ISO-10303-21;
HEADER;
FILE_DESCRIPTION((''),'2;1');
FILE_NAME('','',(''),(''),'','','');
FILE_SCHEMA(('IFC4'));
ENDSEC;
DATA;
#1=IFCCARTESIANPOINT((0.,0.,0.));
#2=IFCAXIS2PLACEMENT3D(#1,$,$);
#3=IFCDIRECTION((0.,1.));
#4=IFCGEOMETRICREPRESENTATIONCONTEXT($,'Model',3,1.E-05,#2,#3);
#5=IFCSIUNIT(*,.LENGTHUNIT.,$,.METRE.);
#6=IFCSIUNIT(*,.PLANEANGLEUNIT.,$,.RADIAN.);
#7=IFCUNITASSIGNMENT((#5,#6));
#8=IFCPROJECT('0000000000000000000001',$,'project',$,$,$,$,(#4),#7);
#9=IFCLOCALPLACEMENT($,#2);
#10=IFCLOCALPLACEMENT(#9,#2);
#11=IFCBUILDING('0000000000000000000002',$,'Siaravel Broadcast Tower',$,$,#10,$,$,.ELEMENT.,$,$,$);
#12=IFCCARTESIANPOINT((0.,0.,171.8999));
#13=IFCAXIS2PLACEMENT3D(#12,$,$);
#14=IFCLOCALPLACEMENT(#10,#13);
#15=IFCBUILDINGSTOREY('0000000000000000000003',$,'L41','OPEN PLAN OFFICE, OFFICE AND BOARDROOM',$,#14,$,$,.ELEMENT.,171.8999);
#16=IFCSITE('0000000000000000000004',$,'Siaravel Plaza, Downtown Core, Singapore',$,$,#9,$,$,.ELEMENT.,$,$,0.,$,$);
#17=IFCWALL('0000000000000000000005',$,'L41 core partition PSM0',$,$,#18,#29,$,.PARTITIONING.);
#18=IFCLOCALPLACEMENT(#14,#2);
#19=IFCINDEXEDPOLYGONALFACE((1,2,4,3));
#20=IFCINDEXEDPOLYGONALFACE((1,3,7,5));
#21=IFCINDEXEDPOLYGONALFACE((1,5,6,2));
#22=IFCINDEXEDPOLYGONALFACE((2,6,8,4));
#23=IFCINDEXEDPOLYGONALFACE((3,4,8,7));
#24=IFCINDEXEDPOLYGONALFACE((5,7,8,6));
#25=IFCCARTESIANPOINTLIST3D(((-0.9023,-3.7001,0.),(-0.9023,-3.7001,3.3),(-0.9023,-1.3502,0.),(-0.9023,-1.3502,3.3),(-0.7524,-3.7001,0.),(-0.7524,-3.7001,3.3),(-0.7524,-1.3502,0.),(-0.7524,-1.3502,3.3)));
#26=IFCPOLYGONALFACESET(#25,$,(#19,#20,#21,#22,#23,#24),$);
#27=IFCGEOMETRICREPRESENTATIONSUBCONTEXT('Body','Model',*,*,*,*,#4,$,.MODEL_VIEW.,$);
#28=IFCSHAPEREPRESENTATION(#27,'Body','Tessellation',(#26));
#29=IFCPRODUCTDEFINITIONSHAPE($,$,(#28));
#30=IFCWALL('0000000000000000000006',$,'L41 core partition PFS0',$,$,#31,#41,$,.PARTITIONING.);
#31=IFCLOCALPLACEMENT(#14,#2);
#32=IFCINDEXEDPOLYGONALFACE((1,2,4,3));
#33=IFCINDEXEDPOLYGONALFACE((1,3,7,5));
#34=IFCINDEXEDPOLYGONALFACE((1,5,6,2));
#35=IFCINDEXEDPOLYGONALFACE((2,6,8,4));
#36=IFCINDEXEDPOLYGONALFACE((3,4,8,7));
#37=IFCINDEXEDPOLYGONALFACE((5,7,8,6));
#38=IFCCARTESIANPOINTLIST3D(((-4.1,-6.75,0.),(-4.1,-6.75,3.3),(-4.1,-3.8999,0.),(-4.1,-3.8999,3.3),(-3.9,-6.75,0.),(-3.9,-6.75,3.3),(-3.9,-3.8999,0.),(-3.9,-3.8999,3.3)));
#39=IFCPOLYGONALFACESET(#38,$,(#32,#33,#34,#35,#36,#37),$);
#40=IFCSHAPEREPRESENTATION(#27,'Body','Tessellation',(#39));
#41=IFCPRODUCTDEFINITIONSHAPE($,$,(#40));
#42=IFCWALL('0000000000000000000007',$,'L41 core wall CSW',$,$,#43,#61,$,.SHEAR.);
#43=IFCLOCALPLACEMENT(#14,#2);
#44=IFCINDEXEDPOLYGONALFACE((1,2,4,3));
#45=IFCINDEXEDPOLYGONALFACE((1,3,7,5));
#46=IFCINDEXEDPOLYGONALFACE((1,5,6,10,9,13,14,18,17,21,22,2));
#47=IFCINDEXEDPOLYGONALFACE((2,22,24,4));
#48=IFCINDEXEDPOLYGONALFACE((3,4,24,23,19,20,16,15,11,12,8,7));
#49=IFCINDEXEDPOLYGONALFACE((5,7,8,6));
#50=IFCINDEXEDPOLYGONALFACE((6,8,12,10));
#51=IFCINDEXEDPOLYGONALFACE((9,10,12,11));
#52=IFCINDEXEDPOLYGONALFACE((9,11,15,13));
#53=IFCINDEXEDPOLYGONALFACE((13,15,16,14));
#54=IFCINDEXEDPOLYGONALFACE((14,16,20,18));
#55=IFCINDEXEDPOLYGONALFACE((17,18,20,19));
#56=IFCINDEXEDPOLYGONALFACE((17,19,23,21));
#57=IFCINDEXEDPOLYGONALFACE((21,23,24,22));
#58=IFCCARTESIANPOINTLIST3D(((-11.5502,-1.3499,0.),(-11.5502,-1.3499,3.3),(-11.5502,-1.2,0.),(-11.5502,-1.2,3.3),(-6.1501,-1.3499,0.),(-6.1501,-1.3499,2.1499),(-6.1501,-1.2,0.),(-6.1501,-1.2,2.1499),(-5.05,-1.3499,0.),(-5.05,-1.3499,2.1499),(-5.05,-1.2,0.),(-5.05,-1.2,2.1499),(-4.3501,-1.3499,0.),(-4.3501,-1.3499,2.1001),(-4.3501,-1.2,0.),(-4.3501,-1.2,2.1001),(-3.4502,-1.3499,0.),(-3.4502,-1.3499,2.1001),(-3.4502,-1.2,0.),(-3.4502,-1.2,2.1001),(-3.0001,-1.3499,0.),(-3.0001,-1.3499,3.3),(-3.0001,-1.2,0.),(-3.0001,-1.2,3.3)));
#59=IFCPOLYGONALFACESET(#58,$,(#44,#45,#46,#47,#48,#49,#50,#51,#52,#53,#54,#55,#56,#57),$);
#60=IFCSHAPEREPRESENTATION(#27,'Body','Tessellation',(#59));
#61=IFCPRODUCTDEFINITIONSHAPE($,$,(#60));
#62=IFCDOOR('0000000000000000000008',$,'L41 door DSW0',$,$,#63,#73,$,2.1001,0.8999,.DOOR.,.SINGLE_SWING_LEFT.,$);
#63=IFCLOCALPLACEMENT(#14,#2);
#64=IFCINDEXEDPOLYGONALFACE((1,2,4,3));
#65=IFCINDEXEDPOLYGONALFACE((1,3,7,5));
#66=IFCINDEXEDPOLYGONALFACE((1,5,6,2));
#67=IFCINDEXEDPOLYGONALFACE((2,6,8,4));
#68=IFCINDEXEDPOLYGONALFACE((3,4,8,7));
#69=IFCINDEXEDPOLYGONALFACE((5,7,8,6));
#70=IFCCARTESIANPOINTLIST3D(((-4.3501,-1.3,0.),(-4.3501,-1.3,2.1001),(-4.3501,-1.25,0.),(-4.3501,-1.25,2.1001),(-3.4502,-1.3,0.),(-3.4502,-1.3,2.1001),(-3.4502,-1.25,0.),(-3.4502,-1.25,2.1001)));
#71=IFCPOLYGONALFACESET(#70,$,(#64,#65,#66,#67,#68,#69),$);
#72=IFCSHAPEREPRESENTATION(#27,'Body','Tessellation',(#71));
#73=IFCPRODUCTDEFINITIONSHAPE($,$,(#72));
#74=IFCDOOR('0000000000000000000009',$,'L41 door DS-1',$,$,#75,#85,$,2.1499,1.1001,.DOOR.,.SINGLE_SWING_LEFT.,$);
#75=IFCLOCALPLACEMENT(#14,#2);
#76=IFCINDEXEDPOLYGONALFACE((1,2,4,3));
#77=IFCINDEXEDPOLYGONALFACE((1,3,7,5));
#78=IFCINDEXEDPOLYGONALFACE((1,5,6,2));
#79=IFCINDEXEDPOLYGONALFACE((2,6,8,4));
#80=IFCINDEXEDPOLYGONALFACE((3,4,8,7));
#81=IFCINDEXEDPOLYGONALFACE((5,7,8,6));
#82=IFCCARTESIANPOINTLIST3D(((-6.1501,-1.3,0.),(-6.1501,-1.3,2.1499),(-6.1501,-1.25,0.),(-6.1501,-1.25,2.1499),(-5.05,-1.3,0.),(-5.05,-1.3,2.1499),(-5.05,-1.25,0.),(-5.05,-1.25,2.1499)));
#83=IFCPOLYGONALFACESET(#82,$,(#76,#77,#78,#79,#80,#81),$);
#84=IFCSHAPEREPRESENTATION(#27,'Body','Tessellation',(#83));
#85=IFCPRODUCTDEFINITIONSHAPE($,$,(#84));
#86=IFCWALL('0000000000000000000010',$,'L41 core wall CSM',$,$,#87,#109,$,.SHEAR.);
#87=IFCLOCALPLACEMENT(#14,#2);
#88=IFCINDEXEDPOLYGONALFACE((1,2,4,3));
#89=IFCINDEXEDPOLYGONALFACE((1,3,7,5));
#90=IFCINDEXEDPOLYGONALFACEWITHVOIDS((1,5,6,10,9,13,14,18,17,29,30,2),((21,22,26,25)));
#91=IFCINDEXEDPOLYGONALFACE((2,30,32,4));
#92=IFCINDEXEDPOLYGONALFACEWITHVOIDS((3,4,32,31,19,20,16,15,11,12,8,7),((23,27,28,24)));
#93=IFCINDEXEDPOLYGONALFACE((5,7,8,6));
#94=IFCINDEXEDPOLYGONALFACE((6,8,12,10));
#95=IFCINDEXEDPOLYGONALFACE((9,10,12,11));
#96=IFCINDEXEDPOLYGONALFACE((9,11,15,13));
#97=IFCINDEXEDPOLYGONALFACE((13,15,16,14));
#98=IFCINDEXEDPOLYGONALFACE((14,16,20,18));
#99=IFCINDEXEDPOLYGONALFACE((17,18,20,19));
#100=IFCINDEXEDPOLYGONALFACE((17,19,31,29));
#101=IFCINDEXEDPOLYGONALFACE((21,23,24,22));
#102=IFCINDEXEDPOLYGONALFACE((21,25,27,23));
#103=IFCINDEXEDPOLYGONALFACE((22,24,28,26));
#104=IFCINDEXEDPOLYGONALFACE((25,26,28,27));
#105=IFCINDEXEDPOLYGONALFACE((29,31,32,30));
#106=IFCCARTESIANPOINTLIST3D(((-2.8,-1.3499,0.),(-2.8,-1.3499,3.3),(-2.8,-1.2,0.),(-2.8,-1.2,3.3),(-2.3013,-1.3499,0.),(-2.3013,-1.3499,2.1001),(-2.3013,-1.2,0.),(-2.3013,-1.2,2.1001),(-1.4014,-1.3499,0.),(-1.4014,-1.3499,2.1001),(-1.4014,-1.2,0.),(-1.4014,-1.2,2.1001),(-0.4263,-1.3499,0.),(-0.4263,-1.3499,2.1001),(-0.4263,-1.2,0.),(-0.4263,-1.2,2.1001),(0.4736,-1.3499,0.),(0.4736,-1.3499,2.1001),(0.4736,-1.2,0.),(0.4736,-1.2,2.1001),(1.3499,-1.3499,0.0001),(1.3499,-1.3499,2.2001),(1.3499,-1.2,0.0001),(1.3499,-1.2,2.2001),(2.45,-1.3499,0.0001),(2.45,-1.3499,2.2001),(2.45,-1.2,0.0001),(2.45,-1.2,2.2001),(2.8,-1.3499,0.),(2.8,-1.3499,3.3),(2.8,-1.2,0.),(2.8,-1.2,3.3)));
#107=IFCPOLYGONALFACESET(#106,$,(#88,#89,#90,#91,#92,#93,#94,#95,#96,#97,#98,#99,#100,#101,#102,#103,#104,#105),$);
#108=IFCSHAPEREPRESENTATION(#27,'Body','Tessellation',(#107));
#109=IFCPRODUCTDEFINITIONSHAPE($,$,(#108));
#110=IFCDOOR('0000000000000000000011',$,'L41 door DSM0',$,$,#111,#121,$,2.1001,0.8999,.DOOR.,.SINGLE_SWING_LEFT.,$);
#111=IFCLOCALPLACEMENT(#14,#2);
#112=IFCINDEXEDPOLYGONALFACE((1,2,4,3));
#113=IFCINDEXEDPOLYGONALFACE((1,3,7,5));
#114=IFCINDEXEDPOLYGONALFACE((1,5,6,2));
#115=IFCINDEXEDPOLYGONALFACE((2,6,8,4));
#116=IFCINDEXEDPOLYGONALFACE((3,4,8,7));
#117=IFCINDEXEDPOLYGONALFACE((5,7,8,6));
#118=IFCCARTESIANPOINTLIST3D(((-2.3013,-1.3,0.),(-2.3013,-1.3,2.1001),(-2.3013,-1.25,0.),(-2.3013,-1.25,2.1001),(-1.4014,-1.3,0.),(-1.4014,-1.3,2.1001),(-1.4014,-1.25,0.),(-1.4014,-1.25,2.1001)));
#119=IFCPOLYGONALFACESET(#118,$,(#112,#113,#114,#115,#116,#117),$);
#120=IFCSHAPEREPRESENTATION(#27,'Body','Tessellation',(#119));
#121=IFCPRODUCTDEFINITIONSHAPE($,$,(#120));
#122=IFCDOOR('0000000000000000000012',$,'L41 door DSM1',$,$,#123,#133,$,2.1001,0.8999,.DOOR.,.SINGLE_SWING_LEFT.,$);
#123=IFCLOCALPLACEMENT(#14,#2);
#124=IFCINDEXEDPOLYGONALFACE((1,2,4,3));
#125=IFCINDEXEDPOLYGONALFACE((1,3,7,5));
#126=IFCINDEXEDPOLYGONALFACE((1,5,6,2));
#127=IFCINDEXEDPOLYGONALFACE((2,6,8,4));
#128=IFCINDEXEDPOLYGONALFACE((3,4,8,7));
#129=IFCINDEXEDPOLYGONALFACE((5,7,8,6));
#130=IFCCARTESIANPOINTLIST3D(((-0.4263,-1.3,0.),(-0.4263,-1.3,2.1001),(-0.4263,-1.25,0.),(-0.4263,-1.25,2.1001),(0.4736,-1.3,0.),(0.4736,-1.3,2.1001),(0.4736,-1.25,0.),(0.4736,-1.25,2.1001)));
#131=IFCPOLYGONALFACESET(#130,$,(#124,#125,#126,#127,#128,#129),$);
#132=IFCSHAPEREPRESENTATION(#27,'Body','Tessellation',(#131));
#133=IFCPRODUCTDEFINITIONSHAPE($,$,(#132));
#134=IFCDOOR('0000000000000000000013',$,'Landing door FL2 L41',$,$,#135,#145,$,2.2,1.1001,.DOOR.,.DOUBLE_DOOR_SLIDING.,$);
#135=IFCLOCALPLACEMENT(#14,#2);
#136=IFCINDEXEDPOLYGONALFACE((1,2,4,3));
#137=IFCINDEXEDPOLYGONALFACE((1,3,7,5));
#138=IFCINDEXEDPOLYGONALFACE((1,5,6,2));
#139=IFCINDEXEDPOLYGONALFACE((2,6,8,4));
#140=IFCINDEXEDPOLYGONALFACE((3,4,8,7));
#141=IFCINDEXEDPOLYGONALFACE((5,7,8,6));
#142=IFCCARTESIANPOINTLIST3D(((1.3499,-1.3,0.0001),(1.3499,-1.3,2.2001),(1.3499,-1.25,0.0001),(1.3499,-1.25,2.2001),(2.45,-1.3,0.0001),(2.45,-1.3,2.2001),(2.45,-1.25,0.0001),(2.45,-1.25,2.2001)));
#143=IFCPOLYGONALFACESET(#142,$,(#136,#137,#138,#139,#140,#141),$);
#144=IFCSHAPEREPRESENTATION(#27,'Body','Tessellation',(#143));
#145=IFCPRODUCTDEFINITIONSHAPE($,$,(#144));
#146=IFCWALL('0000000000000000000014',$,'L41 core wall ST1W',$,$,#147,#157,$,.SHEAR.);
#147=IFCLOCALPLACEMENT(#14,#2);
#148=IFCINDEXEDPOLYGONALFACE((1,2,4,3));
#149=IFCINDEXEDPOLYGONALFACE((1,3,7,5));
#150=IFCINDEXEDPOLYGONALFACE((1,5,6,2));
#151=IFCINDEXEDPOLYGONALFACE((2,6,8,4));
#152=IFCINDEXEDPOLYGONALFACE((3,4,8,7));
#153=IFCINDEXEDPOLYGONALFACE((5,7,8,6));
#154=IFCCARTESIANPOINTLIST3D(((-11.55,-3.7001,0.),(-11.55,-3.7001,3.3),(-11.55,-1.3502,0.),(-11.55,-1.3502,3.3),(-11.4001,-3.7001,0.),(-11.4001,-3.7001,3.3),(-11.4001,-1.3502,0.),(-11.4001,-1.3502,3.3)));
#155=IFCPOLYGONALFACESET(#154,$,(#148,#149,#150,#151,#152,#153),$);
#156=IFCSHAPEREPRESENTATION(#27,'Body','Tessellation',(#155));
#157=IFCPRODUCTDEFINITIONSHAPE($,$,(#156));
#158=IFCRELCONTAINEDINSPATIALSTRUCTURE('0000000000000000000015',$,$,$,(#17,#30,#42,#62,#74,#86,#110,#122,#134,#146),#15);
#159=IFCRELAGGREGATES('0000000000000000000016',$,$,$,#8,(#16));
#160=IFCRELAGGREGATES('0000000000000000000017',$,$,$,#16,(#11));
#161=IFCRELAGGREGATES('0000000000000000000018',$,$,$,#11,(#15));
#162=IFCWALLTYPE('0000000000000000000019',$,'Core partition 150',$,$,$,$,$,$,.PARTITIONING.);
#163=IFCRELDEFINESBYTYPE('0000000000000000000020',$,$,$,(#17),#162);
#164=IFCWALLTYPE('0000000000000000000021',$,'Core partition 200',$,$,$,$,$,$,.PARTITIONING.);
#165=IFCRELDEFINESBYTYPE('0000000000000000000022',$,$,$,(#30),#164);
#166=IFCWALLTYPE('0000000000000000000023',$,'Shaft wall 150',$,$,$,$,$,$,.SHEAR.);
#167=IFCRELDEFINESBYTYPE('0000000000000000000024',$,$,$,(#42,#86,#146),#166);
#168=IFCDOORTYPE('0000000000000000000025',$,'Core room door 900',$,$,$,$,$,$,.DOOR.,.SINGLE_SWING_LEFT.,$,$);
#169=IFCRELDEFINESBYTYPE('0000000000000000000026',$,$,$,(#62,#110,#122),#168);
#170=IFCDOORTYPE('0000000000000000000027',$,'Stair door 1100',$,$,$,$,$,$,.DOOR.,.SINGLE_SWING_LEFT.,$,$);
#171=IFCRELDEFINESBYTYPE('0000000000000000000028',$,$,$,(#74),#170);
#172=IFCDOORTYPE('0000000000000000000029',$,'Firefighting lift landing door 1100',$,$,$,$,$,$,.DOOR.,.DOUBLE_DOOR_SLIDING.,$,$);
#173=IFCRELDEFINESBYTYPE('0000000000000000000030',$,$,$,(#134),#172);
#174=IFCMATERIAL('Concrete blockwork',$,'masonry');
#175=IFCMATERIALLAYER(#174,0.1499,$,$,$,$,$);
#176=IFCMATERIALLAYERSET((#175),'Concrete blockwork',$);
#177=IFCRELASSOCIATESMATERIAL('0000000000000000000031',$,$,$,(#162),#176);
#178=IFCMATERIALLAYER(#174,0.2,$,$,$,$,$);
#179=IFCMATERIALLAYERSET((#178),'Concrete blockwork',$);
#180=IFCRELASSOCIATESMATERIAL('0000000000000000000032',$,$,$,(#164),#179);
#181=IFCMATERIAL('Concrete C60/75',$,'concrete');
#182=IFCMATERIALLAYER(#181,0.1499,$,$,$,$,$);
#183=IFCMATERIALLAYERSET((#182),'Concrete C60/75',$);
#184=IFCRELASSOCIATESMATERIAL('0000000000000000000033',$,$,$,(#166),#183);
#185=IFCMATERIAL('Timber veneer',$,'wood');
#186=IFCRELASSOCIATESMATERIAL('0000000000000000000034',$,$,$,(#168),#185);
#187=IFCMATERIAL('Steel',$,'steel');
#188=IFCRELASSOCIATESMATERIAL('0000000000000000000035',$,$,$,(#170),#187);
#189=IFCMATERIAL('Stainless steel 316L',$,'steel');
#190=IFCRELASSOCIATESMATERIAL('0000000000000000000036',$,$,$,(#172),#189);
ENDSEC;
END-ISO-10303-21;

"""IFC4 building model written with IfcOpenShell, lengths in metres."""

from ifc_helpers import new_model, si_unit, direction, frame, frame_2d, origin, place, context, subcontext, project, spatial, rectangle, extrude, material, layer, layer_set, type_object, element, fill, save


model = new_model("IFC4")

# Units and contexts
model_context = context("Model", 3, precision=1e-05, world=origin(), true_north=direction((0.0, 1.0)))
body_context = subcontext(model_context, "Body", "Model", "MODEL_VIEW")
ifc_project = project(units=[si_unit("LENGTHUNIT", "METRE"), si_unit("PLANEANGLEUNIT", "RADIAN")], contexts=[model_context])

# Site, building, storey
site_placement = place(None, origin())
site = spatial("IfcSite", under=ifc_project, at=site_placement, Name="Siaravel Plaza, Downtown Core, Singapore", CompositionType="ELEMENT", RefElevation=0.0)
building_placement = place(site_placement, origin())
building = spatial("IfcBuilding", under=site, at=building_placement, Name="Siaravel Broadcast Tower", CompositionType="ELEMENT")
storey_placement = place(building_placement, frame((0.0, 0.0, 171.8999)))
storey = spatial("IfcBuildingStorey", under=building, at=storey_placement, Name="L41", Description="OPEN PLAN OFFICE, OFFICE AND BOARDROOM", CompositionType="ELEMENT", Elevation=171.8999)

# Walls
ifc_material_1 = material(Name="Concrete blockwork", Category="masonry")
ifc_layer_1 = layer(ifc_material_1, 0.1499)
ifc_layer_set_1 = layer_set([ifc_layer_1], Name="Concrete blockwork")
wall_type_1 = type_object("IfcWallType", Name="Core partition 150", PredefinedType="PARTITIONING", material=ifc_layer_set_1)
wall_1_placement = place(storey_placement, frame((-0.8274, -3.7, 0.0), z_axis=(0.0, 0.0, 1.0), x_axis=(0.0, 1.0, 0.0)))
element("IfcWall", 1, at=wall_1_placement, inside=storey, type_object=wall_type_1, Name="L41 core partition PSM0", PredefinedType="PARTITIONING", context=body_context, shape_type="SweptSolid", body=[
    extrude(rectangle(XDim=2.3499, YDim=0.1499, at=frame_2d((1.1748, 0.0))), origin(), (0.0, 0.0, 1.0), 3.3),
])
ifc_layer_2 = layer(ifc_material_1, 0.2)
ifc_layer_set_2 = layer_set([ifc_layer_2], Name="Concrete blockwork")
wall_type_2 = type_object("IfcWallType", Name="Core partition 200", PredefinedType="PARTITIONING", material=ifc_layer_set_2)
wall_2_placement = place(storey_placement, frame((-4.0, -6.75, 0.0), z_axis=(0.0, 0.0, 1.0), x_axis=(0.0, 1.0, 0.0)))
element("IfcWall", 2, at=wall_2_placement, inside=storey, type_object=wall_type_2, Name="L41 core partition PFS0", PredefinedType="PARTITIONING", context=body_context, shape_type="SweptSolid", body=[
    extrude(rectangle(XDim=2.8501, YDim=0.2, at=frame_2d((1.425, 0.0))), origin(), (0.0, 0.0, 1.0), 3.3),
])

# Walls, openings, doors
ifc_material_2 = material(Name="Concrete C60/75", Category="concrete")
ifc_layer_3 = layer(ifc_material_2, 0.1499)
ifc_layer_set_3 = layer_set([ifc_layer_3], Name="Concrete C60/75")
wall_type_3 = type_object("IfcWallType", Name="Shaft wall 150", PredefinedType="SHEAR", material=ifc_layer_set_3)
wall_3_placement = place(storey_placement, frame((-11.55, -1.2749, 0.0), z_axis=(0.0, 0.0, 1.0), x_axis=(1.0, 0.0, 0.0)))
wall_3 = element("IfcWall", 3, at=wall_3_placement, inside=storey, type_object=wall_type_3, Name="L41 core wall CSW", PredefinedType="SHEAR", context=body_context, shape_type="SweptSolid", body=[
    extrude(rectangle(XDim=8.55, YDim=0.1499, at=frame_2d((4.2749, 0.0))), origin(), (0.0, 0.0, 1.0), 3.3),
])
opening_1_placement = place(wall_3_placement, frame((5.3999, 0.0, 0.0)))
opening_1 = element("IfcOpeningElement", 4, at=opening_1_placement, cuts=wall_3, PredefinedType="OPENING", context=body_context, shape_type="SweptSolid", body=[
    extrude(rectangle(XDim=1.1001, YDim=2.1499, at=frame_2d((0.55, 1.075))), frame((0.0, 0.085, 0.0), z_axis=(0.0, -1.0, 0.0), x_axis=(1.0, 0.0, 0.0)), (0.0, 0.0, 1.0), 0.1699),
])
opening_2_placement = place(wall_3_placement, frame((7.2, 0.0, 0.0)))
opening_2 = element("IfcOpeningElement", 5, at=opening_2_placement, cuts=wall_3, PredefinedType="OPENING", context=body_context, shape_type="SweptSolid", body=[
    extrude(rectangle(XDim=0.8999, YDim=2.1001, at=frame_2d((0.45, 1.05))), frame((0.0, 0.085, 0.0), z_axis=(0.0, -1.0, 0.0), x_axis=(1.0, 0.0, 0.0)), (0.0, 0.0, 1.0), 0.1699),
])
ifc_material_3 = material(Name="Timber veneer", Category="wood")
door_type_1 = type_object("IfcDoorType", Name="Core room door 900", OperationType="SINGLE_SWING_LEFT", PredefinedType="DOOR", material=ifc_material_3)
door_1_placement = place(opening_2_placement, origin())
door_1 = element("IfcDoor", 6, at=door_1_placement, inside=storey, type_object=door_type_1, Name="L41 door DSW0", OperationType="SINGLE_SWING_LEFT", OverallHeight=2.1001, OverallWidth=0.8999, PredefinedType="DOOR", context=body_context, shape_type="SweptSolid", body=[
    extrude(rectangle(XDim=0.8999, YDim=2.1001, at=frame_2d((0.45, 1.05))), frame((0.0, 0.0249, 0.0), z_axis=(0.0, -1.0, 0.0), x_axis=(1.0, 0.0, 0.0)), (0.0, 0.0, 1.0), 0.05),
])
fill(opening_2, door_1)
ifc_material_4 = material(Name="Steel", Category="steel")
door_type_2 = type_object("IfcDoorType", Name="Stair door 1100", OperationType="SINGLE_SWING_LEFT", PredefinedType="DOOR", material=ifc_material_4)
door_2_placement = place(opening_1_placement, origin())
door_2 = element("IfcDoor", 7, at=door_2_placement, inside=storey, type_object=door_type_2, Name="L41 door DS-1", OperationType="SINGLE_SWING_LEFT", OverallHeight=2.1499, OverallWidth=1.1001, PredefinedType="DOOR", context=body_context, shape_type="SweptSolid", body=[
    extrude(rectangle(XDim=1.1001, YDim=2.1499, at=frame_2d((0.55, 1.075))), frame((0.0, 0.0249, 0.0), z_axis=(0.0, -1.0, 0.0), x_axis=(1.0, 0.0, 0.0)), (0.0, 0.0, 1.0), 0.05),
])
fill(opening_1, door_2)
wall_4_placement = place(storey_placement, frame((-2.8, -1.2749, 0.0), z_axis=(0.0, 0.0, 1.0), x_axis=(1.0, 0.0, 0.0)))
wall_4 = element("IfcWall", 8, at=wall_4_placement, inside=storey, type_object=wall_type_3, Name="L41 core wall CSM", PredefinedType="SHEAR", context=body_context, shape_type="SweptSolid", body=[
    extrude(rectangle(XDim=5.6001, YDim=0.1499, at=frame_2d((2.8, 0.0))), origin(), (0.0, 0.0, 1.0), 3.3),
])
opening_3_placement = place(wall_4_placement, frame((4.1499, 0.0, 0.0)))
opening_3 = element("IfcOpeningElement", 9, at=opening_3_placement, cuts=wall_4, PredefinedType="OPENING", context=body_context, shape_type="SweptSolid", body=[
    extrude(rectangle(XDim=1.1001, YDim=2.2, at=frame_2d((0.55, 1.1001))), frame((0.0, 0.085, 0.0), z_axis=(0.0, -1.0, 0.0), x_axis=(1.0, 0.0, 0.0)), (0.0, 0.0, 1.0), 0.1699),
])
opening_4_placement = place(wall_4_placement, frame((0.4988, 0.0, 0.0)))
opening_4 = element("IfcOpeningElement", 10, at=opening_4_placement, cuts=wall_4, PredefinedType="OPENING", context=body_context, shape_type="SweptSolid", body=[
    extrude(rectangle(XDim=0.8999, YDim=2.1001, at=frame_2d((0.45, 1.05))), frame((0.0, 0.085, 0.0), z_axis=(0.0, -1.0, 0.0), x_axis=(1.0, 0.0, 0.0)), (0.0, 0.0, 1.0), 0.1699),
])
opening_5_placement = place(wall_4_placement, frame((2.3738, 0.0, 0.0)))
opening_5 = element("IfcOpeningElement", 11, at=opening_5_placement, cuts=wall_4, PredefinedType="OPENING", context=body_context, shape_type="SweptSolid", body=[
    extrude(rectangle(XDim=0.8999, YDim=2.1001, at=frame_2d((0.45, 1.05))), frame((0.0, 0.085, 0.0), z_axis=(0.0, -1.0, 0.0), x_axis=(1.0, 0.0, 0.0)), (0.0, 0.0, 1.0), 0.1699),
])
door_3_placement = place(opening_4_placement, origin())
door_3 = element("IfcDoor", 12, at=door_3_placement, inside=storey, type_object=door_type_1, Name="L41 door DSM0", OperationType="SINGLE_SWING_LEFT", OverallHeight=2.1001, OverallWidth=0.8999, PredefinedType="DOOR", context=body_context, shape_type="SweptSolid", body=[
    extrude(rectangle(XDim=0.8999, YDim=2.1001, at=frame_2d((0.45, 1.05))), frame((0.0, 0.0249, 0.0), z_axis=(0.0, -1.0, 0.0), x_axis=(1.0, 0.0, 0.0)), (0.0, 0.0, 1.0), 0.05),
])
fill(opening_4, door_3)
door_4_placement = place(opening_5_placement, origin())
door_4 = element("IfcDoor", 13, at=door_4_placement, inside=storey, type_object=door_type_1, Name="L41 door DSM1", OperationType="SINGLE_SWING_LEFT", OverallHeight=2.1001, OverallWidth=0.8999, PredefinedType="DOOR", context=body_context, shape_type="SweptSolid", body=[
    extrude(rectangle(XDim=0.8999, YDim=2.1001, at=frame_2d((0.45, 1.05))), frame((0.0, 0.0249, 0.0), z_axis=(0.0, -1.0, 0.0), x_axis=(1.0, 0.0, 0.0)), (0.0, 0.0, 1.0), 0.05),
])
fill(opening_5, door_4)
ifc_material_5 = material(Name="Stainless steel 316L", Category="steel")
door_type_3 = type_object("IfcDoorType", Name="Firefighting lift landing door 1100", OperationType="DOUBLE_DOOR_SLIDING", PredefinedType="DOOR", material=ifc_material_5)
door_5_placement = place(opening_3_placement, origin())
door_5 = element("IfcDoor", 14, at=door_5_placement, inside=storey, type_object=door_type_3, Name="Landing door FL2 L41", OperationType="DOUBLE_DOOR_SLIDING", OverallHeight=2.2, OverallWidth=1.1001, PredefinedType="DOOR", context=body_context, shape_type="SweptSolid", body=[
    extrude(rectangle(XDim=1.1001, YDim=2.2, at=frame_2d((0.55, 1.1001))), frame((0.0, 0.0249, 0.0), z_axis=(0.0, -1.0, 0.0), x_axis=(1.0, 0.0, 0.0)), (0.0, 0.0, 1.0), 0.05),
])
fill(opening_3, door_5)

# Wall
wall_5_placement = place(storey_placement, frame((-11.4751, -3.7, 0.0), z_axis=(0.0, 0.0, 1.0), x_axis=(0.0, 1.0, 0.0)))
element("IfcWall", 15, at=wall_5_placement, inside=storey, type_object=wall_type_3, Name="L41 core wall ST1W", PredefinedType="SHEAR", context=body_context, shape_type="SweptSolid", body=[
    extrude(rectangle(XDim=2.3499, YDim=0.1499, at=frame_2d((1.1748, 0.0))), origin(), (0.0, 0.0, 1.0), 3.3),
])

save(model, "model.ifc")
